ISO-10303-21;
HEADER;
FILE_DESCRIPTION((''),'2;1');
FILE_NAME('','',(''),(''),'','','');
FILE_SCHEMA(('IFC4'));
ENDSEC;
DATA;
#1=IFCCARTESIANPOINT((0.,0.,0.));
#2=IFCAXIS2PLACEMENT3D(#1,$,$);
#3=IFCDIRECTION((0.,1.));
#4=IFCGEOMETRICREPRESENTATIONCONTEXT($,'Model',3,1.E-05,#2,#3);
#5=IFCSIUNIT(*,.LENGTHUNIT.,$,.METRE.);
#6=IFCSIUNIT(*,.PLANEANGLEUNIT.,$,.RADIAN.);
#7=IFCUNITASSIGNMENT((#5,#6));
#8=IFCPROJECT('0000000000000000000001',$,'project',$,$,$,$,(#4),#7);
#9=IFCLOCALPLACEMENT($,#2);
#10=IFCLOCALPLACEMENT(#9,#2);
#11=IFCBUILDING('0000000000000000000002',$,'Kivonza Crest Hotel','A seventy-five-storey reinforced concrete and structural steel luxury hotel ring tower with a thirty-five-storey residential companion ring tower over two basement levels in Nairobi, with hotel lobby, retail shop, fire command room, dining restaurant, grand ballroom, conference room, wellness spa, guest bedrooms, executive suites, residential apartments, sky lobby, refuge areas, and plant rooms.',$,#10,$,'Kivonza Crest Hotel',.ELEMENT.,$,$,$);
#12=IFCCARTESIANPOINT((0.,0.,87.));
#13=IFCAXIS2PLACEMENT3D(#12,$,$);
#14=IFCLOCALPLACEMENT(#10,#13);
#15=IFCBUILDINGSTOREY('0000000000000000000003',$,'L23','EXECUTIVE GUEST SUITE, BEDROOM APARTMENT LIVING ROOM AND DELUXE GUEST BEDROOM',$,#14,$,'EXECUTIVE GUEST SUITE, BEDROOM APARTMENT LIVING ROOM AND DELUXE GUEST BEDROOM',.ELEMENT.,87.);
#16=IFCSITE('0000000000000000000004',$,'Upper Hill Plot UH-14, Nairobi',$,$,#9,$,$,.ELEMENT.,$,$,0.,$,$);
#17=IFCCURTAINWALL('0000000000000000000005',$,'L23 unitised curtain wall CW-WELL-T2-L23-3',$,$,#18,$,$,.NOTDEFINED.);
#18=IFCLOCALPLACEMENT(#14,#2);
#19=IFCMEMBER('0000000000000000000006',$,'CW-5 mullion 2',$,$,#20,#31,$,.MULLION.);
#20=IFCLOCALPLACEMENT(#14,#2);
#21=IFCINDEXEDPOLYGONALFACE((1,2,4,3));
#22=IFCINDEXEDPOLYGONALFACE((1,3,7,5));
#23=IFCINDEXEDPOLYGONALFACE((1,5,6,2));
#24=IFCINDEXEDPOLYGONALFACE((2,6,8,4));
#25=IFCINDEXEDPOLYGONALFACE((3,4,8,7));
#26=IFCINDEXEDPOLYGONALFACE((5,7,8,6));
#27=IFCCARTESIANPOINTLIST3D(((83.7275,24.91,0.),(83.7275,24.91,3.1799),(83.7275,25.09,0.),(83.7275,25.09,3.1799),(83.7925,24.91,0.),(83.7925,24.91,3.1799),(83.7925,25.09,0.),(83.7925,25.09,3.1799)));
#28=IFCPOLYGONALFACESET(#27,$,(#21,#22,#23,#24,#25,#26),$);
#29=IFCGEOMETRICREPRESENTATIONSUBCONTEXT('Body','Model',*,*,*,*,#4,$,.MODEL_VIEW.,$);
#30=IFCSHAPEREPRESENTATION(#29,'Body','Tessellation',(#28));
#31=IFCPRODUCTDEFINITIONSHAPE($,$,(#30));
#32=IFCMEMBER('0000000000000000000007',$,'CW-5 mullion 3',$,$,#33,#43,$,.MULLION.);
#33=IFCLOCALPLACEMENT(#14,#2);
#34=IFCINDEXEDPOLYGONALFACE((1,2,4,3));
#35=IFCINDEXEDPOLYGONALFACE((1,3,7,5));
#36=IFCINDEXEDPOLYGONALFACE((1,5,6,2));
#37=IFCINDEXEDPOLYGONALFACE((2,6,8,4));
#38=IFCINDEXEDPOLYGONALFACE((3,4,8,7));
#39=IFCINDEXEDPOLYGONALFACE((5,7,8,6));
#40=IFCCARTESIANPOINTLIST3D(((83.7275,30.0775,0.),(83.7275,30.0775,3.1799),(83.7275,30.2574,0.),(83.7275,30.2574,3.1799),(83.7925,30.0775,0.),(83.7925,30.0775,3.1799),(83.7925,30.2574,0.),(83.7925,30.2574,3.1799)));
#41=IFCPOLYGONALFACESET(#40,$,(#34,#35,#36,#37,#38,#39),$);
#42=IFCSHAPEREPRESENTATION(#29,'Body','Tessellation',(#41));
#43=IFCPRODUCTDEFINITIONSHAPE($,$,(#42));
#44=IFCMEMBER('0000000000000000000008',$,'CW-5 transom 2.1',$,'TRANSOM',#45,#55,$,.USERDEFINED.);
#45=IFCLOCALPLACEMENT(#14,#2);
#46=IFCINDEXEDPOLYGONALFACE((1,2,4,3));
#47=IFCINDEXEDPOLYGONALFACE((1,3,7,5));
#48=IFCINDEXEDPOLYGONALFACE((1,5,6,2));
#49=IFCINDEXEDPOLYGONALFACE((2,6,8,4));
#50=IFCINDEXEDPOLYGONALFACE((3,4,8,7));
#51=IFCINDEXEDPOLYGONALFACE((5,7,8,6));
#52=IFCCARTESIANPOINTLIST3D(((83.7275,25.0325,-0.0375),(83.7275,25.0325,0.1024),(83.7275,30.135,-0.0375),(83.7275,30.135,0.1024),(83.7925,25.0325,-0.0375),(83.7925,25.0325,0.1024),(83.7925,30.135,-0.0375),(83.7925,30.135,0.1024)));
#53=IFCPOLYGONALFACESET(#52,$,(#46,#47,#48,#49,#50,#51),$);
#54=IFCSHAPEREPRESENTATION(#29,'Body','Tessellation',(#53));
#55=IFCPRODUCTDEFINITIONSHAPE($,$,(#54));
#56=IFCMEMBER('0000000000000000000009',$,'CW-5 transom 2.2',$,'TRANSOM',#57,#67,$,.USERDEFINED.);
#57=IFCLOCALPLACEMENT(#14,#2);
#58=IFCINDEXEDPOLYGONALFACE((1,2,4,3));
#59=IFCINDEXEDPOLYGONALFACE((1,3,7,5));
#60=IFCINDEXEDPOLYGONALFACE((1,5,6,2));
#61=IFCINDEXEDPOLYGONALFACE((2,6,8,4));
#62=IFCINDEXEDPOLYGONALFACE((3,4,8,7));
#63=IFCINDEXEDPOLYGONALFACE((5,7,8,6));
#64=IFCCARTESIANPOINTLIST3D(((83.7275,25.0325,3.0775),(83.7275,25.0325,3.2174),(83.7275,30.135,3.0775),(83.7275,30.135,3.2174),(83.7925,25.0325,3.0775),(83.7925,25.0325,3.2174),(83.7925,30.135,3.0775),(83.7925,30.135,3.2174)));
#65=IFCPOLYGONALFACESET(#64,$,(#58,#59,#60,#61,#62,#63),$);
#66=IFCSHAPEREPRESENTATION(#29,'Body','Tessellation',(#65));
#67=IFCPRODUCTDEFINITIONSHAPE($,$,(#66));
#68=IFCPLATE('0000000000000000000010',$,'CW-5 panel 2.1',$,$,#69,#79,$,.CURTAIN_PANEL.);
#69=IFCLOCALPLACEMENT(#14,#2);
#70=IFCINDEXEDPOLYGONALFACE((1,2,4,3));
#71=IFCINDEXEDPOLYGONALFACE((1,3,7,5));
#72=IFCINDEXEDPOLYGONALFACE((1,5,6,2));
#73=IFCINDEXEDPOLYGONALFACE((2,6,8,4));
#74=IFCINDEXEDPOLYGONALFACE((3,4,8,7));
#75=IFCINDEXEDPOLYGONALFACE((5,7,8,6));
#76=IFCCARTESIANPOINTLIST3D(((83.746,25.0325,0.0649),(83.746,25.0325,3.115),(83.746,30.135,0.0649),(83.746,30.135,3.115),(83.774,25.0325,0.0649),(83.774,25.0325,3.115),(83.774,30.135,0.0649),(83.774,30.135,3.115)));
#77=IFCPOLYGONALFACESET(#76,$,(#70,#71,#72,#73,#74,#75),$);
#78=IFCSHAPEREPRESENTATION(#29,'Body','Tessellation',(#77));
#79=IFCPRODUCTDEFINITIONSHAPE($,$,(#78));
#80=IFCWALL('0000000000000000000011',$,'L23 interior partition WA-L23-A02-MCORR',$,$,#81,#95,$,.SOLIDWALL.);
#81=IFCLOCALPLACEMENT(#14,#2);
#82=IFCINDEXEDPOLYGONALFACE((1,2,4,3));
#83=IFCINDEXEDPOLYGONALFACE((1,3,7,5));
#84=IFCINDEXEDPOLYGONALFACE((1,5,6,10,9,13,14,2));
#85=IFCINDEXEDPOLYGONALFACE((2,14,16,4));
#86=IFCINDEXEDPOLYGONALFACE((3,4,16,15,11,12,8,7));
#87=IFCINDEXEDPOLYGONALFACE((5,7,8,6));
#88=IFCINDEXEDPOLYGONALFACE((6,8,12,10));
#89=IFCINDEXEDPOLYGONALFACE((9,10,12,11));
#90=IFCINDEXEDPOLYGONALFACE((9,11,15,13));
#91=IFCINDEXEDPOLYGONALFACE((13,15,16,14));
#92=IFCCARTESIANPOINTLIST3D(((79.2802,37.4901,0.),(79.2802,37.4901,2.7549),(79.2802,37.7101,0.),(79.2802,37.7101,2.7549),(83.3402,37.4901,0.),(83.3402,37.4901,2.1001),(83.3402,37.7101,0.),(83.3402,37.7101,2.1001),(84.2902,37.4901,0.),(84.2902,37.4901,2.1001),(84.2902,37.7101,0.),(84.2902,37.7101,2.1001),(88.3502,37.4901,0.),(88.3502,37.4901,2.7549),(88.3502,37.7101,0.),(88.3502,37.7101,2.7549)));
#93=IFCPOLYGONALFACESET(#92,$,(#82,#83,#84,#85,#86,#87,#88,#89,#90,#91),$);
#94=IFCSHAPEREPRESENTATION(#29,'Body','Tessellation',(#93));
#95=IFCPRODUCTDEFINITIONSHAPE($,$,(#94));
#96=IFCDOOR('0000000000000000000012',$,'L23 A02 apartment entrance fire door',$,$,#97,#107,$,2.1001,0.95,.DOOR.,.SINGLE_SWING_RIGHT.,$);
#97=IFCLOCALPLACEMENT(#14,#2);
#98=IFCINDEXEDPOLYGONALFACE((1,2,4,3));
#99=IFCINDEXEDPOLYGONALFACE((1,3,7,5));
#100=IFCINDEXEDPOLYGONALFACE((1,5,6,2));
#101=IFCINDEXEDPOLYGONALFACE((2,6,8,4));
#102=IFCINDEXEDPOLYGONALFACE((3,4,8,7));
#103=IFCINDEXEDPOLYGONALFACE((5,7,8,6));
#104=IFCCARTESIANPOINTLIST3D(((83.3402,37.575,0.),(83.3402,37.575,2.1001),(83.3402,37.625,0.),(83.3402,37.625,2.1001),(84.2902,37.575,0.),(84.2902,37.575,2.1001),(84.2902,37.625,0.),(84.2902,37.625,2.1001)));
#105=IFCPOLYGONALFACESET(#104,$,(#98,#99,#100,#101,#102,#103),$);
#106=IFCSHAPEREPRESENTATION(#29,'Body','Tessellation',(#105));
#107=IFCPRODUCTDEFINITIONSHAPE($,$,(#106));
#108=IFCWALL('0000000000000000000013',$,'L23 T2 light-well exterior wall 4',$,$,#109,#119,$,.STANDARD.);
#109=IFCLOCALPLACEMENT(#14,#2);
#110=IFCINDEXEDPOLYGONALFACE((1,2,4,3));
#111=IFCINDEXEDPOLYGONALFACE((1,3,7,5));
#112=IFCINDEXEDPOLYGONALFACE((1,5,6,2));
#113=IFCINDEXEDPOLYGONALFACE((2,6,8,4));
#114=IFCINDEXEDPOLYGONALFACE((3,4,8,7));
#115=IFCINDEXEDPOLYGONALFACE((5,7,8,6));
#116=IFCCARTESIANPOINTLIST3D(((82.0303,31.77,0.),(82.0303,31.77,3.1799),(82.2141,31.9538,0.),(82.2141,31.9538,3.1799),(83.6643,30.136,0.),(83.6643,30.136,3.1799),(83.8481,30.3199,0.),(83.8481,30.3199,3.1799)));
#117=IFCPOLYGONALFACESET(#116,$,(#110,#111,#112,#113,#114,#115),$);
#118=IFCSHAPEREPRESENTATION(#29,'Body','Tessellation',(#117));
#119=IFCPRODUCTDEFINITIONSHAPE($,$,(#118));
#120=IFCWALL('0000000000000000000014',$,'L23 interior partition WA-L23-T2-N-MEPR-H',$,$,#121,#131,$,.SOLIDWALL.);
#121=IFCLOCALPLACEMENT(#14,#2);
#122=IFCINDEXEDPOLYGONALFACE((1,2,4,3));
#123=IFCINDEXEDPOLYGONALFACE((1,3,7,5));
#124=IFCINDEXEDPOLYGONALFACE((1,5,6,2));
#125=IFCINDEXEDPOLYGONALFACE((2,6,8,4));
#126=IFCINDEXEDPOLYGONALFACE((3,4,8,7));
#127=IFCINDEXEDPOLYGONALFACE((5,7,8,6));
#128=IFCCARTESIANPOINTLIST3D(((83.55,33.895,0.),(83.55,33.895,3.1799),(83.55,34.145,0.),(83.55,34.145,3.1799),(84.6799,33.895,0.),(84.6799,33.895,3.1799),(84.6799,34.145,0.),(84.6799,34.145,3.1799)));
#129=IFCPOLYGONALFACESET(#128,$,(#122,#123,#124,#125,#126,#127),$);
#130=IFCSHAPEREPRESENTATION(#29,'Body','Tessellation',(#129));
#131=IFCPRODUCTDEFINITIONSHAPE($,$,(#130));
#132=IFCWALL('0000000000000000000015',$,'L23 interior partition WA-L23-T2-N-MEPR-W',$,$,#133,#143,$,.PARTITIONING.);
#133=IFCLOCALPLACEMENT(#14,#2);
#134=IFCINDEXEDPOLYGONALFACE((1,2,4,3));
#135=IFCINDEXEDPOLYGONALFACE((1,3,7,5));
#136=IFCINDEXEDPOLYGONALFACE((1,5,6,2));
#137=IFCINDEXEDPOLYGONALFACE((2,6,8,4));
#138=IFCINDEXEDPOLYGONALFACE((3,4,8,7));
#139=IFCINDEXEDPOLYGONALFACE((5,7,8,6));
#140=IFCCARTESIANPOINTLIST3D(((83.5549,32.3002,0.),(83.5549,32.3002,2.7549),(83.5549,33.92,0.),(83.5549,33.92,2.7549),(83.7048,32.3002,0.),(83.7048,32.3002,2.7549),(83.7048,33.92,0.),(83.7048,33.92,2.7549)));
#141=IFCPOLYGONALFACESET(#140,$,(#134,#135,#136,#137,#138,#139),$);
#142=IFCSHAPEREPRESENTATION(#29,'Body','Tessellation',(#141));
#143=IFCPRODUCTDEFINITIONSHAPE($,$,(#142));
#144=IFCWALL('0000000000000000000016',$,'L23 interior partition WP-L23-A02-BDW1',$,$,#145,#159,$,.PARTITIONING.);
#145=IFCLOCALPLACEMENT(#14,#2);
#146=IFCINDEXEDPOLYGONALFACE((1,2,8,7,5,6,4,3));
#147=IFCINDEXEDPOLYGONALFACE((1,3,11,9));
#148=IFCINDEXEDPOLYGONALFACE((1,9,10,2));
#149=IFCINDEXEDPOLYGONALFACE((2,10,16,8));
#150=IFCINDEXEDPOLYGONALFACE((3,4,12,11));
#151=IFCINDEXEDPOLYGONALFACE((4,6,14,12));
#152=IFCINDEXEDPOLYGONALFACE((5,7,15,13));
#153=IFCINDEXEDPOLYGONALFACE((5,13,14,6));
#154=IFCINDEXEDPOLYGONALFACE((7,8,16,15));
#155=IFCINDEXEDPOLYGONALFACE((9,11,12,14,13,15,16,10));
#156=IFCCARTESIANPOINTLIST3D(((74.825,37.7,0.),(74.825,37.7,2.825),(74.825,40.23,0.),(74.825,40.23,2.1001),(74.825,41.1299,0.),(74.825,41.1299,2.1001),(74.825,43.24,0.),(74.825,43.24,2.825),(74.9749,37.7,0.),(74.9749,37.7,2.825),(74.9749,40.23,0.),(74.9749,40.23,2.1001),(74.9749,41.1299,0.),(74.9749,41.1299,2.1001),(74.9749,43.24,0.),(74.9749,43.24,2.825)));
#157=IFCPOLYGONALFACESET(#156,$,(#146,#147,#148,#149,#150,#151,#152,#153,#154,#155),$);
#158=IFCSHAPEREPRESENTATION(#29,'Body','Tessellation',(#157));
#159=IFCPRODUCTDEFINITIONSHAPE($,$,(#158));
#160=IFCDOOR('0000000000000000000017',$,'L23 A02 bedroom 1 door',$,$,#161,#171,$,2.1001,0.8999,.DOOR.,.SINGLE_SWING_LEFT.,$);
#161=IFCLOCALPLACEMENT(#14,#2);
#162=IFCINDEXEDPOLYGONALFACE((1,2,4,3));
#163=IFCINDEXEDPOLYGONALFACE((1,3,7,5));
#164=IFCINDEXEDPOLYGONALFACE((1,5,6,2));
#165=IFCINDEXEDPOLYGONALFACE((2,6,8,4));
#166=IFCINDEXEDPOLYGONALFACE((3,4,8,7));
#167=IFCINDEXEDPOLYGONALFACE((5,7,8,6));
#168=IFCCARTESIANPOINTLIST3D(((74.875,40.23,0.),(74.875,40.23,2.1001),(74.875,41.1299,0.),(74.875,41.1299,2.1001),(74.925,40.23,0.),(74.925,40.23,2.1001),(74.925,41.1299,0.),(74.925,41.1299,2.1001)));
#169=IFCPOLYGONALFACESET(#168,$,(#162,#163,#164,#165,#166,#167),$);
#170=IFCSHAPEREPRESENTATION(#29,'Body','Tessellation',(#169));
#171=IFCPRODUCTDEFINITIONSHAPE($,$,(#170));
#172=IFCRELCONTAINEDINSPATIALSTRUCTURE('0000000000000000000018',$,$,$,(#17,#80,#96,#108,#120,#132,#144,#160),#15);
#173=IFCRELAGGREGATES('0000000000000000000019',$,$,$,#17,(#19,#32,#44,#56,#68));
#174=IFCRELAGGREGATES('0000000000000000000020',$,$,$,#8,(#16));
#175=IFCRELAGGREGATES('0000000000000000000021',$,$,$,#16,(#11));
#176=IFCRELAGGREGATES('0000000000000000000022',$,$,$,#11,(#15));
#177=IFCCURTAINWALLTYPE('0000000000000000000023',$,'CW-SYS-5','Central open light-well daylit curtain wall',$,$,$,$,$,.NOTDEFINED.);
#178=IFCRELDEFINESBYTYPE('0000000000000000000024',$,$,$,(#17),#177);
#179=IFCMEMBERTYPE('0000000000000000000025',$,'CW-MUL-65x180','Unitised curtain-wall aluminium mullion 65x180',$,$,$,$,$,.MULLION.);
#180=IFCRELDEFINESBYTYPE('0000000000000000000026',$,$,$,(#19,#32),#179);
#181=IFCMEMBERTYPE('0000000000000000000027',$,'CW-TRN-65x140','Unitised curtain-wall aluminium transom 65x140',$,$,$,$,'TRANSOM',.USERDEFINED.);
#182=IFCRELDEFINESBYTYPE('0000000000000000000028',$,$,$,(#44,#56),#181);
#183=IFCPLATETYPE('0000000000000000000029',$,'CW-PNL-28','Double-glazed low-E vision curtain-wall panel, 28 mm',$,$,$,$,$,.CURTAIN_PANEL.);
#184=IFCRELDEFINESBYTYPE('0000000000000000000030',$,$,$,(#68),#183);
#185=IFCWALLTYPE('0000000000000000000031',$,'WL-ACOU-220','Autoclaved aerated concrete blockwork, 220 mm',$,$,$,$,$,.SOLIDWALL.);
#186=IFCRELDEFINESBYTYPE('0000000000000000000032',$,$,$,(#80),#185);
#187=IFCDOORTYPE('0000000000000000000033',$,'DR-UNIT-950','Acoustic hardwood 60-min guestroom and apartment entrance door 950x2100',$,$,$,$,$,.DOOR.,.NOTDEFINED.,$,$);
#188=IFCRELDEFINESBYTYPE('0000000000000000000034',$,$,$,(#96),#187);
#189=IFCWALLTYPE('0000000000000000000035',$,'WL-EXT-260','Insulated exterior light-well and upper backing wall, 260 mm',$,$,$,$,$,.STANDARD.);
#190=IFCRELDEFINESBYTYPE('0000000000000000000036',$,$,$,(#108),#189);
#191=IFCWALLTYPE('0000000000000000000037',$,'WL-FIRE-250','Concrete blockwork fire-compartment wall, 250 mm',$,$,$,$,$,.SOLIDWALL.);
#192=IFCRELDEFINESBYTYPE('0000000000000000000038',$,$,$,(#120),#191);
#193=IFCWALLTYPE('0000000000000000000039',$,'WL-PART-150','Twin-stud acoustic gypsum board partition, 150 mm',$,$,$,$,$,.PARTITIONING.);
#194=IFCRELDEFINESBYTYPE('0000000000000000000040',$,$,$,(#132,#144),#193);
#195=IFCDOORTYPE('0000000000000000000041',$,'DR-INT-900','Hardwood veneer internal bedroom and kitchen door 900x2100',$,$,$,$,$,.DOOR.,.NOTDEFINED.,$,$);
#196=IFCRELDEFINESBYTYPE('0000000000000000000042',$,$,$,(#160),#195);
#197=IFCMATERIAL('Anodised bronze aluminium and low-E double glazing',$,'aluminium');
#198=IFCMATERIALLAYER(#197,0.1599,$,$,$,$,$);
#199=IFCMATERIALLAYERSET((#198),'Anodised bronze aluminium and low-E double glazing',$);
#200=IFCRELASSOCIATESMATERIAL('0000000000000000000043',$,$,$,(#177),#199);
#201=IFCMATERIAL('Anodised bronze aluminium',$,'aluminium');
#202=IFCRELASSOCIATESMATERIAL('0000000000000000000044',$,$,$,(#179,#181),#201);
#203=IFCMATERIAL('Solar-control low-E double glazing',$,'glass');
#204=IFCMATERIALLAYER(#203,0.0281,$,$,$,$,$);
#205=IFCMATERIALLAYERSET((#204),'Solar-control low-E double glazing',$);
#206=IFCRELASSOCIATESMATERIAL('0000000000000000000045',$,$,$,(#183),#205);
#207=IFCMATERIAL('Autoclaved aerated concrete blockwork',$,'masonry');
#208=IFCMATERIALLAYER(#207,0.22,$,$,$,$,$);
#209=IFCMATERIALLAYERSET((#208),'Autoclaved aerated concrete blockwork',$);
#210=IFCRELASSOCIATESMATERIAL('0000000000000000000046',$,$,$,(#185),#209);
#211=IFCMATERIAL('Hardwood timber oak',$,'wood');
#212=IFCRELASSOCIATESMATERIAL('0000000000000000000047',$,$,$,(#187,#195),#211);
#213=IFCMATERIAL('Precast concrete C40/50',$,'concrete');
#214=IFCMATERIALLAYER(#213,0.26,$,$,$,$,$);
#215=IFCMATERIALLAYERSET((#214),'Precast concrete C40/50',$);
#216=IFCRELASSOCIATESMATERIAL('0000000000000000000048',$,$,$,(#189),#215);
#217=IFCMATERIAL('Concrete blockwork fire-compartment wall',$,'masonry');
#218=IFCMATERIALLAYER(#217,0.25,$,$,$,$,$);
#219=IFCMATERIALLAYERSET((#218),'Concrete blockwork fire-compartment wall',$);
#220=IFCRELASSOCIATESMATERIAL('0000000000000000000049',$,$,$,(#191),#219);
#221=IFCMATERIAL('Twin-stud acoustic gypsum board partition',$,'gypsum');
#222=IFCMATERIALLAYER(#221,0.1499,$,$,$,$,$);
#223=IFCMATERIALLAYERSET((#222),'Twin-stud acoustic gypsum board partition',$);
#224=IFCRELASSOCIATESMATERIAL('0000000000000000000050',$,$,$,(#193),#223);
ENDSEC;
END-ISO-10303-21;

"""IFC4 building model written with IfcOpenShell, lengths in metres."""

from ifc_helpers import new_model, si_unit, direction, frame, frame_2d, origin, origin_2d, place, context, subcontext, project, spatial, rectangle, extrude, material, layer, layer_set, material_profile, profile_set, type_object, element, fill, aggregate, save


model = new_model("IFC4")

# Units and contexts
model_context = context("Model", 3, precision=1e-05, world=origin(), true_north=direction((0.0, 1.0)))
body_context = subcontext(model_context, "Body", "Model", "MODEL_VIEW")
ifc_project = project(units=[si_unit("LENGTHUNIT", "METRE"), si_unit("PLANEANGLEUNIT", "RADIAN")], contexts=[model_context])

# Site, building, storey
site_placement = place(None, origin())
site = spatial("IfcSite", under=ifc_project, at=site_placement, Name="Upper Hill Plot UH-14, Nairobi", CompositionType="ELEMENT", RefElevation=0.0)
building_placement = place(site_placement, origin())
building = spatial("IfcBuilding", under=site, at=building_placement, Name="Kivonza Crest Hotel", Description="A seventy-five-storey reinforced concrete and structural steel luxury hotel ring tower with a thirty-five-storey residential companion ring tower over two basement levels in Nairobi, with hotel lobby, retail shop, fire command room, dining restaurant, grand ballroom, conference room, wellness spa, guest bedrooms, executive suites, residential apartments, sky lobby, refuge areas, and plant rooms.", LongName="Kivonza Crest Hotel", CompositionType="ELEMENT")
storey_placement = place(building_placement, frame((0.0, 0.0, 87.0)))
storey = spatial("IfcBuildingStorey", under=building, at=storey_placement, Name="L23", Description="EXECUTIVE GUEST SUITE, BEDROOM APARTMENT LIVING ROOM AND DELUXE GUEST BEDROOM", LongName="EXECUTIVE GUEST SUITE, BEDROOM APARTMENT LIVING ROOM AND DELUXE GUEST BEDROOM", CompositionType="ELEMENT", Elevation=87.0)

# Curtain wall, members, plate
ifc_material_1 = material(Name="Anodised bronze aluminium and low-E double glazing", Category="aluminium")
ifc_layer_1 = layer(ifc_material_1, 0.1599)
ifc_layer_set_1 = layer_set([ifc_layer_1], Name="Anodised bronze aluminium and low-E double glazing")
curtain_wall_type = type_object("IfcCurtainWallType", Name="CW-SYS-5", Description="Central open light-well daylit curtain wall", PredefinedType="NOTDEFINED", material=ifc_layer_set_1)
curtain_wall_placement = place(storey_placement, origin())
curtain_wall = element("IfcCurtainWall", 1, at=curtain_wall_placement, inside=storey, type_object=curtain_wall_type, Name="L23 unitised curtain wall CW-WELL-T2-L23-3", PredefinedType="NOTDEFINED")
ifc_material_2 = material(Name="Anodised bronze aluminium", Category="aluminium")
ifc_material_profile_1 = material_profile(ifc_material_2, rectangle(XDim=0.0649, YDim=0.1799, at=origin_2d()), Name="CW-M 65x180")
ifc_profile_set_1 = profile_set([ifc_material_profile_1], Name="Anodised bronze aluminium")
member_type_1 = type_object("IfcMemberType", Name="CW-MUL-65x180", Description="Unitised curtain-wall aluminium mullion 65x180", PredefinedType="MULLION", material=ifc_profile_set_1)
member_1_placement = place(storey_placement, frame((83.76, 25.0, 0.0), z_axis=(0.0, 0.0, 1.0), x_axis=(-1.0, 0.0, 0.0)))
member_1 = element("IfcMember", 2, at=member_1_placement, type_object=member_type_1, Name="CW-5 mullion 2", PredefinedType="MULLION", context=body_context, shape_type="SweptSolid", body=[
    extrude(rectangle(XDim=0.0649, YDim=0.1799, at=origin_2d()), origin(), (0.0, 0.0, 1.0), 3.1799),
])
member_2_placement = place(storey_placement, frame((83.76, 30.1675, 0.0), z_axis=(0.0, 0.0, 1.0), x_axis=(-1.0, 0.0, 0.0)))
member_2 = element("IfcMember", 3, at=member_2_placement, type_object=member_type_1, Name="CW-5 mullion 3", PredefinedType="MULLION", context=body_context, shape_type="SweptSolid", body=[
    extrude(rectangle(XDim=0.0649, YDim=0.1799, at=origin_2d()), origin(), (0.0, 0.0, 1.0), 3.1799),
])
ifc_material_profile_2 = material_profile(ifc_material_2, rectangle(XDim=0.0649, YDim=0.1399, at=origin_2d()), Name="CW-T 65x140")
ifc_profile_set_2 = profile_set([ifc_material_profile_2], Name="Anodised bronze aluminium")
member_type_2 = type_object("IfcMemberType", Name="CW-TRN-65x140", Description="Unitised curtain-wall aluminium transom 65x140", ElementType="TRANSOM", PredefinedType="USERDEFINED", material=ifc_profile_set_2)
member_3_placement = place(storey_placement, frame((83.76, 25.0325, 0.0325), z_axis=(0.0, 1.0, 0.0), x_axis=(-1.0, 0.0, 0.0)))
member_3 = element("IfcMember", 4, at=member_3_placement, type_object=member_type_2, Name="CW-5 transom 2.1", ObjectType="TRANSOM", PredefinedType="USERDEFINED", context=body_context, shape_type="SweptSolid", body=[
    extrude(rectangle(XDim=0.0649, YDim=0.1399, at=origin_2d()), origin(), (0.0, 0.0, 1.0), 5.1025),
])
member_4_placement = place(storey_placement, frame((83.76, 25.0325, 3.1475), z_axis=(0.0, 1.0, 0.0), x_axis=(-1.0, 0.0, 0.0)))
member_4 = element("IfcMember", 5, at=member_4_placement, type_object=member_type_2, Name="CW-5 transom 2.2", ObjectType="TRANSOM", PredefinedType="USERDEFINED", context=body_context, shape_type="SweptSolid", body=[
    extrude(rectangle(XDim=0.0649, YDim=0.1399, at=origin_2d()), origin(), (0.0, 0.0, 1.0), 5.1025),
])
ifc_material_3 = material(Name="Solar-control low-E double glazing", Category="glass")
ifc_layer_2 = layer(ifc_material_3, 0.0281)
ifc_layer_set_2 = layer_set([ifc_layer_2], Name="Solar-control low-E double glazing")
plate_type = type_object("IfcPlateType", Name="CW-PNL-28", Description="Double-glazed low-E vision curtain-wall panel, 28 mm", PredefinedType="CURTAIN_PANEL", material=ifc_layer_set_2)
plate_placement = place(storey_placement, frame((83.76, 27.5837, 0.0649), z_axis=(0.0, 0.0, 1.0), x_axis=(0.0, 1.0, 0.0)))
plate = element("IfcPlate", 6, at=plate_placement, type_object=plate_type, Name="CW-5 panel 2.1", PredefinedType="CURTAIN_PANEL", context=body_context, shape_type="SweptSolid", body=[
    extrude(rectangle(XDim=5.1025, YDim=0.0281, at=origin_2d()), origin(), (0.0, 0.0, 1.0), 3.05),
])
aggregate(curtain_wall, [member_1, member_2, member_3, member_4, plate])

# Wall, opening, door
ifc_material_4 = material(Name="Autoclaved aerated concrete blockwork", Category="masonry")
ifc_layer_3 = layer(ifc_material_4, 0.22)
ifc_layer_set_3 = layer_set([ifc_layer_3], Name="Autoclaved aerated concrete blockwork")
wall_type_1 = type_object("IfcWallType", Name="WL-ACOU-220", Description="Autoclaved aerated concrete blockwork, 220 mm", PredefinedType="SOLIDWALL", material=ifc_layer_set_3)
wall_1_placement = place(storey_placement, frame((79.28, 37.6001, 0.0), z_axis=(0.0, 0.0, 1.0), x_axis=(1.0, 0.0, 0.0)))
wall_1 = element("IfcWall", 7, at=wall_1_placement, inside=storey, type_object=wall_type_1, Name="L23 interior partition WA-L23-A02-MCORR", PredefinedType="SOLIDWALL", context=body_context, shape_type="SweptSolid", body=[
    extrude(rectangle(XDim=9.0701, YDim=0.22, at=frame_2d((4.5352, 0.0))), origin(), (0.0, 0.0, 1.0), 2.7549),
])
opening_1_placement = place(wall_1_placement, frame((4.0601, 0.0, 0.0)))
opening_1 = element("IfcOpeningElement", 8, at=opening_1_placement, cuts=wall_1, PredefinedType="OPENING", context=body_context, shape_type="SweptSolid", body=[
    extrude(rectangle(XDim=0.95, YDim=2.1001, at=frame_2d((0.4751, 1.05))), frame((0.0, 0.1201, 0.0), z_axis=(0.0, -1.0, 0.0), x_axis=(1.0, 0.0, 0.0)), (0.0, 0.0, 1.0), 0.24),
])
ifc_material_5 = material(Name="Hardwood timber oak", Category="wood")
door_type_1 = type_object("IfcDoorType", Name="DR-UNIT-950", Description="Acoustic hardwood 60-min guestroom and apartment entrance door 950x2100", OperationType="NOTDEFINED", PredefinedType="DOOR", material=ifc_material_5)
door_1_placement = place(opening_1_placement, origin())
door_1 = element("IfcDoor", 9, at=door_1_placement, inside=storey, type_object=door_type_1, Name="L23 A02 apartment entrance fire door", OperationType="SINGLE_SWING_RIGHT", OverallHeight=2.1001, OverallWidth=0.95, PredefinedType="DOOR", context=body_context, shape_type="SweptSolid", body=[
    extrude(rectangle(XDim=0.95, YDim=2.1001, at=frame_2d((0.4751, 1.05))), frame((0.0, 0.0249, 0.0), z_axis=(0.0, -1.0, 0.0), x_axis=(1.0, 0.0, 0.0)), (0.0, 0.0, 1.0), 0.05),
])
fill(opening_1, door_1)

# Walls
ifc_material_6 = material(Name="Precast concrete C40/50", Category="concrete")
ifc_layer_4 = layer(ifc_material_6, 0.26)
ifc_layer_set_4 = layer_set([ifc_layer_4], Name="Precast concrete C40/50")
wall_type_2 = type_object("IfcWallType", Name="WL-EXT-260", Description="Insulated exterior light-well and upper backing wall, 260 mm", PredefinedType="STANDARD", material=ifc_layer_set_4)
wall_2_placement = place(storey_placement, frame((83.7561, 30.228, 0.0), z_axis=(0.0, 0.0, 1.0), x_axis=(-0.707107, 0.707107, 0.0)))
element("IfcWall", 10, at=wall_2_placement, inside=storey, type_object=wall_type_2, Name="L23 T2 light-well exterior wall 4", PredefinedType="STANDARD", context=body_context, shape_type="SweptSolid", body=[
    extrude(rectangle(XDim=2.3108, YDim=0.26, at=frame_2d((1.1553, 0.0))), origin(), (0.0, 0.0, 1.0), 3.1799),
])
ifc_material_7 = material(Name="Concrete blockwork fire-compartment wall", Category="masonry")
ifc_layer_5 = layer(ifc_material_7, 0.25)
ifc_layer_set_5 = layer_set([ifc_layer_5], Name="Concrete blockwork fire-compartment wall")
wall_type_3 = type_object("IfcWallType", Name="WL-FIRE-250", Description="Concrete blockwork fire-compartment wall, 250 mm", PredefinedType="SOLIDWALL", material=ifc_layer_set_5)
wall_3_placement = place(storey_placement, frame((83.55, 34.02, 0.0), z_axis=(0.0, 0.0, 1.0), x_axis=(1.0, 0.0, 0.0)))
element("IfcWall", 11, at=wall_3_placement, inside=storey, type_object=wall_type_3, Name="L23 interior partition WA-L23-T2-N-MEPR-H", PredefinedType="SOLIDWALL", context=body_context, shape_type="SweptSolid", body=[
    extrude(rectangle(XDim=1.1299, YDim=0.25, at=frame_2d((0.5649, 0.0))), origin(), (0.0, 0.0, 1.0), 3.1799),
])
ifc_material_8 = material(Name="Twin-stud acoustic gypsum board partition", Category="gypsum")
ifc_layer_6 = layer(ifc_material_8, 0.1499)
ifc_layer_set_6 = layer_set([ifc_layer_6], Name="Twin-stud acoustic gypsum board partition")
wall_type_4 = type_object("IfcWallType", Name="WL-PART-150", Description="Twin-stud acoustic gypsum board partition, 150 mm", PredefinedType="PARTITIONING", material=ifc_layer_set_6)
wall_4_placement = place(storey_placement, frame((83.6299, 32.3, 0.0), z_axis=(0.0, 0.0, 1.0), x_axis=(0.0, 1.0, 0.0)))
element("IfcWall", 12, at=wall_4_placement, inside=storey, type_object=wall_type_4, Name="L23 interior partition WA-L23-T2-N-MEPR-W", PredefinedType="PARTITIONING", context=body_context, shape_type="SweptSolid", body=[
    extrude(rectangle(XDim=1.6199, YDim=0.1499, at=frame_2d((0.8101, 0.0))), origin(), (0.0, 0.0, 1.0), 2.7549),
])

# Wall, opening, door
wall_5_placement = place(storey_placement, frame((74.8999, 37.7, 0.0), z_axis=(0.0, 0.0, 1.0), x_axis=(0.0, 1.0, 0.0)))
wall_5 = element("IfcWall", 13, at=wall_5_placement, inside=storey, type_object=wall_type_4, Name="L23 interior partition WP-L23-A02-BDW1", PredefinedType="PARTITIONING", context=body_context, shape_type="SweptSolid", body=[
    extrude(rectangle(XDim=5.54, YDim=0.1499, at=frame_2d((2.77, 0.0))), origin(), (0.0, 0.0, 1.0), 2.825),
])
opening_2_placement = place(wall_5_placement, frame((2.53, 0.0, 0.0)))
opening_2 = element("IfcOpeningElement", 14, at=opening_2_placement, cuts=wall_5, PredefinedType="OPENING", context=body_context, shape_type="SweptSolid", body=[
    extrude(rectangle(XDim=0.8999, YDim=2.1001, at=frame_2d((0.45, 1.05))), frame((0.0, 0.085, 0.0), z_axis=(0.0, -1.0, 0.0), x_axis=(1.0, 0.0, 0.0)), (0.0, 0.0, 1.0), 0.1699),
])
door_type_2 = type_object("IfcDoorType", Name="DR-INT-900", Description="Hardwood veneer internal bedroom and kitchen door 900x2100", OperationType="NOTDEFINED", PredefinedType="DOOR", material=ifc_material_5)
door_2_placement = place(opening_2_placement, origin())
door_2 = element("IfcDoor", 15, at=door_2_placement, inside=storey, type_object=door_type_2, Name="L23 A02 bedroom 1 door", OperationType="SINGLE_SWING_LEFT", OverallHeight=2.1001, OverallWidth=0.8999, PredefinedType="DOOR", context=body_context, shape_type="SweptSolid", body=[
    extrude(rectangle(XDim=0.8999, YDim=2.1001, at=frame_2d((0.45, 1.05))), frame((0.0, 0.0249, 0.0), z_axis=(0.0, -1.0, 0.0), x_axis=(1.0, 0.0, 0.0)), (0.0, 0.0, 1.0), 0.05),
])
fill(opening_2, door_2)

save(model, "model.ifc")
